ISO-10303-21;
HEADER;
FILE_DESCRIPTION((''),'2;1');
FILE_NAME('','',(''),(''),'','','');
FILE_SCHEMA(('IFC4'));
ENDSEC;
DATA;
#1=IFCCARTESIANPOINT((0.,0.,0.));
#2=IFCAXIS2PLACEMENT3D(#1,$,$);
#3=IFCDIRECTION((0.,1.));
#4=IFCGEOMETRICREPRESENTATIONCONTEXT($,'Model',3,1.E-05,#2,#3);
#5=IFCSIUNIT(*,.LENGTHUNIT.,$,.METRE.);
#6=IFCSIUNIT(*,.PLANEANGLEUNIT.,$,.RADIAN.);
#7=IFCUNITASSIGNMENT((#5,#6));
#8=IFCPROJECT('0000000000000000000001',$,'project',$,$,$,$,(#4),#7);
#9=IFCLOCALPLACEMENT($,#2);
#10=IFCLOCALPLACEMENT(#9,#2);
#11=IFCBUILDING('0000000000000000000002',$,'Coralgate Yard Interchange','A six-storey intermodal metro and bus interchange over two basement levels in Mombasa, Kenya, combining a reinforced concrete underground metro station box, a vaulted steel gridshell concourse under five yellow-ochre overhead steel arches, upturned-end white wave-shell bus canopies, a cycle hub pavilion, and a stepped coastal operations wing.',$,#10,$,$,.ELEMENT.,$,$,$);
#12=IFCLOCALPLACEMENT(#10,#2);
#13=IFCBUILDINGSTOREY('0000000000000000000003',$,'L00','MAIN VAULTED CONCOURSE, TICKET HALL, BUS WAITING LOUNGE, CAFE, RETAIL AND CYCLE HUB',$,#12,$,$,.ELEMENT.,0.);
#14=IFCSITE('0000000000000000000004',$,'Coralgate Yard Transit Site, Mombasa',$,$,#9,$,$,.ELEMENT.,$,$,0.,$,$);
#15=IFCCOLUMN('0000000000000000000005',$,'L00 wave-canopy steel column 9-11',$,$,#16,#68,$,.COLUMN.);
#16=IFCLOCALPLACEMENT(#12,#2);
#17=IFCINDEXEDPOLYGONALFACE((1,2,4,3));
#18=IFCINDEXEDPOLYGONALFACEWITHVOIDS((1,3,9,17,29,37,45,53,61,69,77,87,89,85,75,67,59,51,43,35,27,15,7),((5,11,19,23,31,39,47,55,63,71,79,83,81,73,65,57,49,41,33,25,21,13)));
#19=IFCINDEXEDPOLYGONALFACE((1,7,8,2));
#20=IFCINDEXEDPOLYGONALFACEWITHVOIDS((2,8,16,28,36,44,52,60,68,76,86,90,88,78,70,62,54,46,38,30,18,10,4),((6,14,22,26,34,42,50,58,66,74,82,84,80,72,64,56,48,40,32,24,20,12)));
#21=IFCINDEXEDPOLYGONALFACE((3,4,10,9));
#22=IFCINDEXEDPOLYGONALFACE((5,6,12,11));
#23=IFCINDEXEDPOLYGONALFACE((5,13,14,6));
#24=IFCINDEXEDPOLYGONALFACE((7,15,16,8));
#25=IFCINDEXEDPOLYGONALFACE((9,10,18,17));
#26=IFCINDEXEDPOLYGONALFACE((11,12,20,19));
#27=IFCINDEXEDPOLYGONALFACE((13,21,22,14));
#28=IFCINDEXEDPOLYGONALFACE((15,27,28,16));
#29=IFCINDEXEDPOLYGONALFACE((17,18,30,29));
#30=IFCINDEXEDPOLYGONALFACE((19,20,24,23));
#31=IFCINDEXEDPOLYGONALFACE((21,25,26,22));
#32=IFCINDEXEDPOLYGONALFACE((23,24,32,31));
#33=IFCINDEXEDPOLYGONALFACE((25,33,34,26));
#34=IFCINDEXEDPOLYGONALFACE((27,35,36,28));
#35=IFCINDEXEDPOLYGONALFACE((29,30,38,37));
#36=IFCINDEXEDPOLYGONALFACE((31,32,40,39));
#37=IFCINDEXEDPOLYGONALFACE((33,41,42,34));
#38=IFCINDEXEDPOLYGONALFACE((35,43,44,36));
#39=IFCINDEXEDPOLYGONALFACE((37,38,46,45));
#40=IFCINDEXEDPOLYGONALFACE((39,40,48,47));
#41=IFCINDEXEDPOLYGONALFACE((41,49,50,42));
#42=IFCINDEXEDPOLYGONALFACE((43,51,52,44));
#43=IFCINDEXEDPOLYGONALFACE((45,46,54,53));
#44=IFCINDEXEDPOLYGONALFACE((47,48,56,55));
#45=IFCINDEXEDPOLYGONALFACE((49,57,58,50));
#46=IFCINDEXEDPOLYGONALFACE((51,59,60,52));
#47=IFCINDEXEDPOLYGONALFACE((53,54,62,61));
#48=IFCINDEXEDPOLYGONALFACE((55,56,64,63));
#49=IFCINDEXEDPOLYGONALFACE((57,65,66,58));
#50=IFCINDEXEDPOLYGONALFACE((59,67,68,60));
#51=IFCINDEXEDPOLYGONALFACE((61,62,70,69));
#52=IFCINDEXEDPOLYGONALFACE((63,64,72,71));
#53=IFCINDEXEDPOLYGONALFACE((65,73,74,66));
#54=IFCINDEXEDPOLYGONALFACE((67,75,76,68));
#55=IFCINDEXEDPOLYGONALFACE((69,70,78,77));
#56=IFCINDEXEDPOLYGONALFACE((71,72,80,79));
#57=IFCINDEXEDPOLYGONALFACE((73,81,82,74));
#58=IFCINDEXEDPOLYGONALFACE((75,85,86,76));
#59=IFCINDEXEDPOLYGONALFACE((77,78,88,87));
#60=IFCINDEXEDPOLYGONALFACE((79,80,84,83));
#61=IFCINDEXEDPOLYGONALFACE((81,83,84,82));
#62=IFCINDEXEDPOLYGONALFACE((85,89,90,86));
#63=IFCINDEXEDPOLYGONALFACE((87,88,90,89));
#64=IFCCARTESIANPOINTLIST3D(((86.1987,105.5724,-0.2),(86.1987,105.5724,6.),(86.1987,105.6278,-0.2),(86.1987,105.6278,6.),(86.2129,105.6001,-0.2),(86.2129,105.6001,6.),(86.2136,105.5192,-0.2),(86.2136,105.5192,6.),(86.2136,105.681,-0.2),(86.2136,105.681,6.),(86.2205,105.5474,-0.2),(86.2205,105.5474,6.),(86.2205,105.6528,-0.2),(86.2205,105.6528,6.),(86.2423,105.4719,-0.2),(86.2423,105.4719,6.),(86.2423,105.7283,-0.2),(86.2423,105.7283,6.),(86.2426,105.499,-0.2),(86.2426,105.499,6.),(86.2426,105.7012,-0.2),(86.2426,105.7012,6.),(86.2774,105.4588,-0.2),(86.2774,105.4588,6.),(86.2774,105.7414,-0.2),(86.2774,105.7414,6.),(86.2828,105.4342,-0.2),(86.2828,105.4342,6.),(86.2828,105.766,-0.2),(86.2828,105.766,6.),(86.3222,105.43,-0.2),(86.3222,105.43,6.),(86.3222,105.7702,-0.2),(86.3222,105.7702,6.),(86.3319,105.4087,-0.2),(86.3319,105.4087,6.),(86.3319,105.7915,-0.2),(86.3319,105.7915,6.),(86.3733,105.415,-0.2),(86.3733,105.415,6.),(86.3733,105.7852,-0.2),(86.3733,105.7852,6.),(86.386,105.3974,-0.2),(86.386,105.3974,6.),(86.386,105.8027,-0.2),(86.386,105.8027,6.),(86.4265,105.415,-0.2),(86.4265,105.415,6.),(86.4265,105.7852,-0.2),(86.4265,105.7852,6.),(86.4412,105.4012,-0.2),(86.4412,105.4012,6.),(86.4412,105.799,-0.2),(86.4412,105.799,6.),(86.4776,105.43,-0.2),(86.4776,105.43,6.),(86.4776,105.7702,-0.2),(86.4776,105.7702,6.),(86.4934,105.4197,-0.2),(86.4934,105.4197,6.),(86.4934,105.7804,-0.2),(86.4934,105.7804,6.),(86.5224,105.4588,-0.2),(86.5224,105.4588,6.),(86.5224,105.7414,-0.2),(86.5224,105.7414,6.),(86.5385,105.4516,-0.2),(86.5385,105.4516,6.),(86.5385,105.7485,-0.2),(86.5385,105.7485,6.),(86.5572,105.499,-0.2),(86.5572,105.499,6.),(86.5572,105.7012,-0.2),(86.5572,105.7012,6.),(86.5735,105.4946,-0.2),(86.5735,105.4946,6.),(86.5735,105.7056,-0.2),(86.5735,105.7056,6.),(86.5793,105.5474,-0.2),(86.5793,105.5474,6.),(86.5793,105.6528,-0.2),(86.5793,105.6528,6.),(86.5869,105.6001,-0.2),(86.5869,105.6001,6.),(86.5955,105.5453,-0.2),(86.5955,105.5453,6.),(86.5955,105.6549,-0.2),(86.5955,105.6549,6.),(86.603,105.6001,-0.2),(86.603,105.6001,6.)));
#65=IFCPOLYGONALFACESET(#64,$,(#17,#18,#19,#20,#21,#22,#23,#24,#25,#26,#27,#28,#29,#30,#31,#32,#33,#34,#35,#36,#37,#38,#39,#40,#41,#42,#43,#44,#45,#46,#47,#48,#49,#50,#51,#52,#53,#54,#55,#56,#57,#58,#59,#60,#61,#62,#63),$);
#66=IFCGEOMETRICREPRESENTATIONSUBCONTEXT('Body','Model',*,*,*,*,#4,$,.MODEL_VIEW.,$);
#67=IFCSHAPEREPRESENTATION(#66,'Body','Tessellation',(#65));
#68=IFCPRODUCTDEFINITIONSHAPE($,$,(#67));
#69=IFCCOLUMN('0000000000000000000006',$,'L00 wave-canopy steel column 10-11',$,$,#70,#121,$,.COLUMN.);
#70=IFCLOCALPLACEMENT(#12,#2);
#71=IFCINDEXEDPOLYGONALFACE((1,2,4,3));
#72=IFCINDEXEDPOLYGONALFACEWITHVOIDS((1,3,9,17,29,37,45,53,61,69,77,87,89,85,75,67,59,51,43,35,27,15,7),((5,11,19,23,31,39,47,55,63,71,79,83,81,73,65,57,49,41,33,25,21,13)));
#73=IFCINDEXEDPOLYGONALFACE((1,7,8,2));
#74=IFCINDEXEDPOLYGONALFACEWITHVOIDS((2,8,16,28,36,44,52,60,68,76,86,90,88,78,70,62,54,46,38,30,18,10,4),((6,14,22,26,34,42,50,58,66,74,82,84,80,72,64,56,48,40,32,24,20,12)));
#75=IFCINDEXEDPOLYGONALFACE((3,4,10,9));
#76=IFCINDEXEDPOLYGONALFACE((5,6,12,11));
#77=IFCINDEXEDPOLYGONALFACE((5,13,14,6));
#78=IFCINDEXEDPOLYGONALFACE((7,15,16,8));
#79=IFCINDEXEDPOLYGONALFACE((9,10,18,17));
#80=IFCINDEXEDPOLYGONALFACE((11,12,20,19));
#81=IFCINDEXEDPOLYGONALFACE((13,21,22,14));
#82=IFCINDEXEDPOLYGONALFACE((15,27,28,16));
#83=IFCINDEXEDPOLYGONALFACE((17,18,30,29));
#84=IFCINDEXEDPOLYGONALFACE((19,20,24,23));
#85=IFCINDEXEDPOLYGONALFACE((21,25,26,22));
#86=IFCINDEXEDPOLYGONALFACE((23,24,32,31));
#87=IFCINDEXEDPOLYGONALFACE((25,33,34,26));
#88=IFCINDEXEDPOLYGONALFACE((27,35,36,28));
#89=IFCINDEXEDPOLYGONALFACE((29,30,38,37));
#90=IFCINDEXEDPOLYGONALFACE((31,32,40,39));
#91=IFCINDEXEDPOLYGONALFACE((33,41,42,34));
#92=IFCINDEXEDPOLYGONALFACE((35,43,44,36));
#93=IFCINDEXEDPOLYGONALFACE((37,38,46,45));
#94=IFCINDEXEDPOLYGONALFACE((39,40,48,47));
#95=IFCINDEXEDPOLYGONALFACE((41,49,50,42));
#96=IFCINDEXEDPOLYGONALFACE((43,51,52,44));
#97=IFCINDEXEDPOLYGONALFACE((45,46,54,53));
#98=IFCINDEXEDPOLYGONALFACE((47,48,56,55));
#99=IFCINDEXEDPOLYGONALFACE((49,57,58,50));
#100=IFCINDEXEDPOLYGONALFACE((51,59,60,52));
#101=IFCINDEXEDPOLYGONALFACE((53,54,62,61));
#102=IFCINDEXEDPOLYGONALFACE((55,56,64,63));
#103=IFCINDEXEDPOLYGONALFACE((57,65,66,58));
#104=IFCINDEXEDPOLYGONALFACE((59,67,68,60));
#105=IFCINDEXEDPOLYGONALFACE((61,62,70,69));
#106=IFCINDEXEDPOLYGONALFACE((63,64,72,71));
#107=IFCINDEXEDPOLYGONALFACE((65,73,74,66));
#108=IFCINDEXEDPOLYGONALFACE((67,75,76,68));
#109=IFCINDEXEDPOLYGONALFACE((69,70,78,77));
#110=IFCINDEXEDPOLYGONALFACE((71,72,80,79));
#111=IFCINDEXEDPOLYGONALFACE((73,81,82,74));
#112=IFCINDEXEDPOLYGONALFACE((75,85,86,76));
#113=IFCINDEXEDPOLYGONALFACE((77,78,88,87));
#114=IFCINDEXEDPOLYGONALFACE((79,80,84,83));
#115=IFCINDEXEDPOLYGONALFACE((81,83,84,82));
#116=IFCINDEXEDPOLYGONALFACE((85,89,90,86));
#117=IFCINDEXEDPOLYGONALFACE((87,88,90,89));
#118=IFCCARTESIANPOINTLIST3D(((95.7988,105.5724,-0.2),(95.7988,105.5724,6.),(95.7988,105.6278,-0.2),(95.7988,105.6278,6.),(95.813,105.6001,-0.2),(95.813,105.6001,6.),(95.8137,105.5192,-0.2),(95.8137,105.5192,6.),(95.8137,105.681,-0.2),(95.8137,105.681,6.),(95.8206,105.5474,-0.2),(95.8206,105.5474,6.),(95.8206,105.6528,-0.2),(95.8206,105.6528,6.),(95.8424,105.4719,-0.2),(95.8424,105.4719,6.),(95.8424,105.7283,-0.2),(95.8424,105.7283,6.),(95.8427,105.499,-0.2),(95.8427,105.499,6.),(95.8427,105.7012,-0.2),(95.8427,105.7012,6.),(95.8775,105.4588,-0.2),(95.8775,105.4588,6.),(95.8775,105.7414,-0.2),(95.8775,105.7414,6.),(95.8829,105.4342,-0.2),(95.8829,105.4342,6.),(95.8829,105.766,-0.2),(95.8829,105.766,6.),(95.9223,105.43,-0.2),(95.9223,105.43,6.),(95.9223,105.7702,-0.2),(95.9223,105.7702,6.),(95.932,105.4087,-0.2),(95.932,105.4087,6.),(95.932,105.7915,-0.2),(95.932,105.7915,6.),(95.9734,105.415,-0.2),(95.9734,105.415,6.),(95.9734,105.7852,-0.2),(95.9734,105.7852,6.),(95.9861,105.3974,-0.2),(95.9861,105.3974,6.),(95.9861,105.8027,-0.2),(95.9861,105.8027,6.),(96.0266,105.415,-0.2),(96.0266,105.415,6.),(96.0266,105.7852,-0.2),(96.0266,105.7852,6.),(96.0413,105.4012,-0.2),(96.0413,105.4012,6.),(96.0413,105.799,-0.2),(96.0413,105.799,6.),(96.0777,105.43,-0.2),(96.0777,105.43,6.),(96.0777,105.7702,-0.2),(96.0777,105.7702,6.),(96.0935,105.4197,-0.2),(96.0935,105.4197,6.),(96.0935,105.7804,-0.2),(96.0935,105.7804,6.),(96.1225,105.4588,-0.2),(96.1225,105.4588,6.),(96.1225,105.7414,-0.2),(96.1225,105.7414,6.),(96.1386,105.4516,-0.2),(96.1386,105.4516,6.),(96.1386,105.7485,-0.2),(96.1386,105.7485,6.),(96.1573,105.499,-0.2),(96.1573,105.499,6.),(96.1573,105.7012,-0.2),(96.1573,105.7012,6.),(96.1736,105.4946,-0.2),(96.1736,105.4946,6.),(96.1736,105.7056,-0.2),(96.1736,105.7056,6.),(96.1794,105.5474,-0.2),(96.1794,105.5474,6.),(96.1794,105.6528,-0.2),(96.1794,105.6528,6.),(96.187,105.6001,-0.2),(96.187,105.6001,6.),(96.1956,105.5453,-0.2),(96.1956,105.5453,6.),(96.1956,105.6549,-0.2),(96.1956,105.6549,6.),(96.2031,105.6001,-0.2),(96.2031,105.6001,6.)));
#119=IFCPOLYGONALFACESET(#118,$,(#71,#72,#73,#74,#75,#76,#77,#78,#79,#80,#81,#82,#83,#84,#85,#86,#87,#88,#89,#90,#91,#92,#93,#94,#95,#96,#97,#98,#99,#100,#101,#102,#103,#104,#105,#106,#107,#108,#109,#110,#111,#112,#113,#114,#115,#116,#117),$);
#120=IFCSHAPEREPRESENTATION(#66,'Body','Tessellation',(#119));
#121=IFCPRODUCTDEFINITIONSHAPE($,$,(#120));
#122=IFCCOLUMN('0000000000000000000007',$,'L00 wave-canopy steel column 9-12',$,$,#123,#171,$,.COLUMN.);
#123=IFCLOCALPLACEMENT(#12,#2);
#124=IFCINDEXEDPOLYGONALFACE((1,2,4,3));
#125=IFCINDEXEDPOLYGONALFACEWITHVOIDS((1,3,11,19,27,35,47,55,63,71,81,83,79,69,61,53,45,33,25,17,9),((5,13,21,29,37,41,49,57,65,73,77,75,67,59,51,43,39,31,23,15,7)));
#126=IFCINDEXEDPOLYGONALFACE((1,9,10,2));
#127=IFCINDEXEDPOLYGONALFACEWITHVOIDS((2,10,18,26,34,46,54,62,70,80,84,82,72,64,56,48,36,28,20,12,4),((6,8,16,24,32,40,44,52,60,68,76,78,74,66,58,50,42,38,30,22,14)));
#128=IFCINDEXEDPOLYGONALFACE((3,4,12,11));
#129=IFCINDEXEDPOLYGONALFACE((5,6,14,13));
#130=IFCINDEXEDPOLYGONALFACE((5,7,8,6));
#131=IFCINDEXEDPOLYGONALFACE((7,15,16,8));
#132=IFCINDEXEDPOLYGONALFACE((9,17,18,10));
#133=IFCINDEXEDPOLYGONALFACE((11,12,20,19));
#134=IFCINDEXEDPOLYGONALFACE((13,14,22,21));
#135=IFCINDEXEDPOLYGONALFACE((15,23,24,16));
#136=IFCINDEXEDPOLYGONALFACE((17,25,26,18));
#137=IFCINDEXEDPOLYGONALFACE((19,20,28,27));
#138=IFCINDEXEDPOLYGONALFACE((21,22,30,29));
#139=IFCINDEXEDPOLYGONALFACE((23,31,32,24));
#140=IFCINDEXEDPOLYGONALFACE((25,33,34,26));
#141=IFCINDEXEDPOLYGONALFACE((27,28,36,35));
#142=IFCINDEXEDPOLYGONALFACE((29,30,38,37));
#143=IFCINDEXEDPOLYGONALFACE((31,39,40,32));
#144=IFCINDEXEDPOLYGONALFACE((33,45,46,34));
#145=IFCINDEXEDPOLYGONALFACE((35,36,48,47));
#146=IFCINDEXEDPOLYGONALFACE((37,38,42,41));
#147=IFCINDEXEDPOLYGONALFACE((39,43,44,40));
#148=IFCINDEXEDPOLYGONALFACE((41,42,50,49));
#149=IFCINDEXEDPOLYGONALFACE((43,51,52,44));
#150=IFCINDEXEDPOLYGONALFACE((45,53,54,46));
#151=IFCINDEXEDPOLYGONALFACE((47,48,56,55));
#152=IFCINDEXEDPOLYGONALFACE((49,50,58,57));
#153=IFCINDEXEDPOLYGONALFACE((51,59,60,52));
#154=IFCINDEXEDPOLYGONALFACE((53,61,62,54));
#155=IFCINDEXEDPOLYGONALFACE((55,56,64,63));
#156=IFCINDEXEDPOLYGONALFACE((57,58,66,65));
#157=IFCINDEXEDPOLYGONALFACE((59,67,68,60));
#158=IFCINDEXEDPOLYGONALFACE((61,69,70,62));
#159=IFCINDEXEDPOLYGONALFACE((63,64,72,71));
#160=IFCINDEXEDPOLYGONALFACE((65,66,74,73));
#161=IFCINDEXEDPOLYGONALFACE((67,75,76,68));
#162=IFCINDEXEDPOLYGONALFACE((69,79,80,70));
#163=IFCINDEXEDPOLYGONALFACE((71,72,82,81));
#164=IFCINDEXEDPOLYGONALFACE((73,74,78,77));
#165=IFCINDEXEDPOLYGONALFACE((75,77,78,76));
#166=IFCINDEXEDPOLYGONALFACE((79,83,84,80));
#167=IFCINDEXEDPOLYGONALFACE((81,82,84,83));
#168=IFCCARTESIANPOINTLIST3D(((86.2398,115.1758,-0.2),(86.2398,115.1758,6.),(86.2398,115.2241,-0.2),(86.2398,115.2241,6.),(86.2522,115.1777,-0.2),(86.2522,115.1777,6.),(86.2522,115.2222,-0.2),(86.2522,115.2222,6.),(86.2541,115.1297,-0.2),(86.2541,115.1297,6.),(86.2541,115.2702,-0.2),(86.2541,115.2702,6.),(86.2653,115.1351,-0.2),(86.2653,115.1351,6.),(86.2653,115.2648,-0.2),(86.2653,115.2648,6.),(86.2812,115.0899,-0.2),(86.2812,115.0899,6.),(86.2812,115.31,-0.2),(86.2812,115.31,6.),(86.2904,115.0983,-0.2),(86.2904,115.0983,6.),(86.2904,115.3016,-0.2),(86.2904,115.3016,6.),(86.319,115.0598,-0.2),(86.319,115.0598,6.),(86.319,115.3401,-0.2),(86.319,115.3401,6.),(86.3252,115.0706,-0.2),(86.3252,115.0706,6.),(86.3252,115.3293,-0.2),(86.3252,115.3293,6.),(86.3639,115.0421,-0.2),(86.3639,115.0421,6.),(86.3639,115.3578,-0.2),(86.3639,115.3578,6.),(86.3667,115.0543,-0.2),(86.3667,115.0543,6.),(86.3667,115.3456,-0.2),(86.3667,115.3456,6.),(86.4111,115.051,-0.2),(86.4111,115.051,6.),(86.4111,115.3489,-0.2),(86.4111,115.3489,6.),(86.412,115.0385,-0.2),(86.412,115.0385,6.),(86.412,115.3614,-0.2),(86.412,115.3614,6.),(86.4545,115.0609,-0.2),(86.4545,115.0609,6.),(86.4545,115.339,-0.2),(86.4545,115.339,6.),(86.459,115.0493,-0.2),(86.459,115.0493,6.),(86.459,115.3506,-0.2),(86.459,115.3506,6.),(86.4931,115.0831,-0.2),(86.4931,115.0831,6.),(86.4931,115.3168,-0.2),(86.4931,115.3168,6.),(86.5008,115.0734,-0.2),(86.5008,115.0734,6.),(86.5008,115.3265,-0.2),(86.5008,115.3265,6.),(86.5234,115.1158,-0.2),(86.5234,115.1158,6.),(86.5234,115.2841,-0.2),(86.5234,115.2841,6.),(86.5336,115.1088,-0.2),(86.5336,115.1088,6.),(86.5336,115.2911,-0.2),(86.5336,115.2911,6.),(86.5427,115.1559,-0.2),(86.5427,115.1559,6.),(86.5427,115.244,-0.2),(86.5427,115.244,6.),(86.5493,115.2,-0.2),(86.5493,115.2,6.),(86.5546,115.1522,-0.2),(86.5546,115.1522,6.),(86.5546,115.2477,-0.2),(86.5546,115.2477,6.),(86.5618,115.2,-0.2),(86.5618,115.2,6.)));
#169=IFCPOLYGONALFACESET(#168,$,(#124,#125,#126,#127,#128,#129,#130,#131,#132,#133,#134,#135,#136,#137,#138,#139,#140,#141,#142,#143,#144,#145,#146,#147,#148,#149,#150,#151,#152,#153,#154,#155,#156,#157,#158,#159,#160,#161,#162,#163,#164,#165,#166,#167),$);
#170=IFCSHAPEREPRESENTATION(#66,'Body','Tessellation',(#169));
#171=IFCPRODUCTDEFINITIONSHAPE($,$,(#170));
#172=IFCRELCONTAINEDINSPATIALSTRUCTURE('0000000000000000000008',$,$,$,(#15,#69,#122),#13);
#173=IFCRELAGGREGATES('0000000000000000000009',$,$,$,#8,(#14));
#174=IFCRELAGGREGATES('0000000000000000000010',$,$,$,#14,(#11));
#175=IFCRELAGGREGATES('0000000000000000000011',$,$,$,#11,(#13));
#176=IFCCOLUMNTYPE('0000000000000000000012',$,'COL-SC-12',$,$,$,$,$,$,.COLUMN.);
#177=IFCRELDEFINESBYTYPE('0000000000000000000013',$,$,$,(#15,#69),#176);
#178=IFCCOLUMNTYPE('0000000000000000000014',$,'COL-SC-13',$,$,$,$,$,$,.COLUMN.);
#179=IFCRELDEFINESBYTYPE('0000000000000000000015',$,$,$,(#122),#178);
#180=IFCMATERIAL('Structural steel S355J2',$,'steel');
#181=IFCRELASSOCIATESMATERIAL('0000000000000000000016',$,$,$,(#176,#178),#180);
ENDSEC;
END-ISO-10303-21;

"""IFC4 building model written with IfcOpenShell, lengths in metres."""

from ifc_helpers import new_model, si_unit, direction, frame, origin, origin_2d, place, context, subcontext, project, spatial, hollow_circle, extrude, material, material_profile, profile_set, type_object, element, save


model = new_model("IFC4")

# Units and contexts
model_context = context("Model", 3, precision=1e-05, world=origin(), true_north=direction((0.0, 1.0)))
body_context = subcontext(model_context, "Body", "Model", "MODEL_VIEW")
ifc_project = project(units=[si_unit("LENGTHUNIT", "METRE"), si_unit("PLANEANGLEUNIT", "RADIAN")], contexts=[model_context])

# Site, building, storey
site_placement = place(None, origin())
site = spatial("IfcSite", under=ifc_project, at=site_placement, Name="Coralgate Yard Transit Site, Mombasa", CompositionType="ELEMENT", RefElevation=0.0)
building_placement = place(site_placement, origin())
building = spatial("IfcBuilding", under=site, at=building_placement, Name="Coralgate Yard Interchange", Description="A six-storey intermodal metro and bus interchange over two basement levels in Mombasa, Kenya, combining a reinforced concrete underground metro station box, a vaulted steel gridshell concourse under five yellow-ochre overhead steel arches, upturned-end white wave-shell bus canopies, a cycle hub pavilion, and a stepped coastal operations wing.", CompositionType="ELEMENT")
storey_placement = place(building_placement, origin())
storey = spatial("IfcBuildingStorey", under=building, at=storey_placement, Name="L00", Description="MAIN VAULTED CONCOURSE, TICKET HALL, BUS WAITING LOUNGE, CAFE, RETAIL AND CYCLE HUB", CompositionType="ELEMENT", Elevation=0.0)

# Columns
ifc_material_1 = material(Name="Structural steel S355J2", Category="steel")
ifc_material_profile_1 = material_profile(ifc_material_1, hollow_circle(Radius=0.2031, WallThickness=0.0161, at=origin_2d()), Name="CHS 406.4x16")
ifc_profile_set_1 = profile_set([ifc_material_profile_1], Name="Structural steel S355J2")
column_type_1 = type_object("IfcColumnType", Name="COL-SC-12", PredefinedType="COLUMN", material=ifc_profile_set_1)
for number, where, z_axis, x_axis, name in (
    (1, (86.3999, 105.6001, -0.2), (0.0, 0.0, 1.0), (1.0, 0.0, 0.0), "L00 wave-canopy steel column 9-11"),
    (2, (96.0, 105.6001, -0.2), (0.0, 0.0, 1.0), (1.0, 0.0, 0.0), "L00 wave-canopy steel column 10-11"),
):
    element("IfcColumn", number, at=place(storey_placement, frame(where, z_axis=z_axis, x_axis=x_axis)), inside=storey, type_object=column_type_1, Name=name, PredefinedType="COLUMN", context=body_context, shape_type="SweptSolid", body=[
        extrude(hollow_circle(Radius=0.2031, WallThickness=0.0161, at=origin_2d()), origin(), (0.0, 0.0, 1.0), 6.2),
    ])
ifc_material_profile_2 = material_profile(ifc_material_1, hollow_circle(Radius=0.1619, WallThickness=0.0125, at=origin_2d()), Name="CHS 323.9x12.5")
ifc_profile_set_2 = profile_set([ifc_material_profile_2], Name="Structural steel S355J2")
column_type_2 = type_object("IfcColumnType", Name="COL-SC-13", PredefinedType="COLUMN", material=ifc_profile_set_2)
column_placement = place(storey_placement, frame((86.3999, 115.2, -0.2), z_axis=(0.0, 0.0, 1.0), x_axis=(1.0, 0.0, 0.0)))
element("IfcColumn", 3, at=column_placement, inside=storey, type_object=column_type_2, Name="L00 wave-canopy steel column 9-12", PredefinedType="COLUMN", context=body_context, shape_type="SweptSolid", body=[
    extrude(hollow_circle(Radius=0.1619, WallThickness=0.0125, at=origin_2d()), origin(), (0.0, 0.0, 1.0), 6.2),
])

save(model, "model.ifc")
